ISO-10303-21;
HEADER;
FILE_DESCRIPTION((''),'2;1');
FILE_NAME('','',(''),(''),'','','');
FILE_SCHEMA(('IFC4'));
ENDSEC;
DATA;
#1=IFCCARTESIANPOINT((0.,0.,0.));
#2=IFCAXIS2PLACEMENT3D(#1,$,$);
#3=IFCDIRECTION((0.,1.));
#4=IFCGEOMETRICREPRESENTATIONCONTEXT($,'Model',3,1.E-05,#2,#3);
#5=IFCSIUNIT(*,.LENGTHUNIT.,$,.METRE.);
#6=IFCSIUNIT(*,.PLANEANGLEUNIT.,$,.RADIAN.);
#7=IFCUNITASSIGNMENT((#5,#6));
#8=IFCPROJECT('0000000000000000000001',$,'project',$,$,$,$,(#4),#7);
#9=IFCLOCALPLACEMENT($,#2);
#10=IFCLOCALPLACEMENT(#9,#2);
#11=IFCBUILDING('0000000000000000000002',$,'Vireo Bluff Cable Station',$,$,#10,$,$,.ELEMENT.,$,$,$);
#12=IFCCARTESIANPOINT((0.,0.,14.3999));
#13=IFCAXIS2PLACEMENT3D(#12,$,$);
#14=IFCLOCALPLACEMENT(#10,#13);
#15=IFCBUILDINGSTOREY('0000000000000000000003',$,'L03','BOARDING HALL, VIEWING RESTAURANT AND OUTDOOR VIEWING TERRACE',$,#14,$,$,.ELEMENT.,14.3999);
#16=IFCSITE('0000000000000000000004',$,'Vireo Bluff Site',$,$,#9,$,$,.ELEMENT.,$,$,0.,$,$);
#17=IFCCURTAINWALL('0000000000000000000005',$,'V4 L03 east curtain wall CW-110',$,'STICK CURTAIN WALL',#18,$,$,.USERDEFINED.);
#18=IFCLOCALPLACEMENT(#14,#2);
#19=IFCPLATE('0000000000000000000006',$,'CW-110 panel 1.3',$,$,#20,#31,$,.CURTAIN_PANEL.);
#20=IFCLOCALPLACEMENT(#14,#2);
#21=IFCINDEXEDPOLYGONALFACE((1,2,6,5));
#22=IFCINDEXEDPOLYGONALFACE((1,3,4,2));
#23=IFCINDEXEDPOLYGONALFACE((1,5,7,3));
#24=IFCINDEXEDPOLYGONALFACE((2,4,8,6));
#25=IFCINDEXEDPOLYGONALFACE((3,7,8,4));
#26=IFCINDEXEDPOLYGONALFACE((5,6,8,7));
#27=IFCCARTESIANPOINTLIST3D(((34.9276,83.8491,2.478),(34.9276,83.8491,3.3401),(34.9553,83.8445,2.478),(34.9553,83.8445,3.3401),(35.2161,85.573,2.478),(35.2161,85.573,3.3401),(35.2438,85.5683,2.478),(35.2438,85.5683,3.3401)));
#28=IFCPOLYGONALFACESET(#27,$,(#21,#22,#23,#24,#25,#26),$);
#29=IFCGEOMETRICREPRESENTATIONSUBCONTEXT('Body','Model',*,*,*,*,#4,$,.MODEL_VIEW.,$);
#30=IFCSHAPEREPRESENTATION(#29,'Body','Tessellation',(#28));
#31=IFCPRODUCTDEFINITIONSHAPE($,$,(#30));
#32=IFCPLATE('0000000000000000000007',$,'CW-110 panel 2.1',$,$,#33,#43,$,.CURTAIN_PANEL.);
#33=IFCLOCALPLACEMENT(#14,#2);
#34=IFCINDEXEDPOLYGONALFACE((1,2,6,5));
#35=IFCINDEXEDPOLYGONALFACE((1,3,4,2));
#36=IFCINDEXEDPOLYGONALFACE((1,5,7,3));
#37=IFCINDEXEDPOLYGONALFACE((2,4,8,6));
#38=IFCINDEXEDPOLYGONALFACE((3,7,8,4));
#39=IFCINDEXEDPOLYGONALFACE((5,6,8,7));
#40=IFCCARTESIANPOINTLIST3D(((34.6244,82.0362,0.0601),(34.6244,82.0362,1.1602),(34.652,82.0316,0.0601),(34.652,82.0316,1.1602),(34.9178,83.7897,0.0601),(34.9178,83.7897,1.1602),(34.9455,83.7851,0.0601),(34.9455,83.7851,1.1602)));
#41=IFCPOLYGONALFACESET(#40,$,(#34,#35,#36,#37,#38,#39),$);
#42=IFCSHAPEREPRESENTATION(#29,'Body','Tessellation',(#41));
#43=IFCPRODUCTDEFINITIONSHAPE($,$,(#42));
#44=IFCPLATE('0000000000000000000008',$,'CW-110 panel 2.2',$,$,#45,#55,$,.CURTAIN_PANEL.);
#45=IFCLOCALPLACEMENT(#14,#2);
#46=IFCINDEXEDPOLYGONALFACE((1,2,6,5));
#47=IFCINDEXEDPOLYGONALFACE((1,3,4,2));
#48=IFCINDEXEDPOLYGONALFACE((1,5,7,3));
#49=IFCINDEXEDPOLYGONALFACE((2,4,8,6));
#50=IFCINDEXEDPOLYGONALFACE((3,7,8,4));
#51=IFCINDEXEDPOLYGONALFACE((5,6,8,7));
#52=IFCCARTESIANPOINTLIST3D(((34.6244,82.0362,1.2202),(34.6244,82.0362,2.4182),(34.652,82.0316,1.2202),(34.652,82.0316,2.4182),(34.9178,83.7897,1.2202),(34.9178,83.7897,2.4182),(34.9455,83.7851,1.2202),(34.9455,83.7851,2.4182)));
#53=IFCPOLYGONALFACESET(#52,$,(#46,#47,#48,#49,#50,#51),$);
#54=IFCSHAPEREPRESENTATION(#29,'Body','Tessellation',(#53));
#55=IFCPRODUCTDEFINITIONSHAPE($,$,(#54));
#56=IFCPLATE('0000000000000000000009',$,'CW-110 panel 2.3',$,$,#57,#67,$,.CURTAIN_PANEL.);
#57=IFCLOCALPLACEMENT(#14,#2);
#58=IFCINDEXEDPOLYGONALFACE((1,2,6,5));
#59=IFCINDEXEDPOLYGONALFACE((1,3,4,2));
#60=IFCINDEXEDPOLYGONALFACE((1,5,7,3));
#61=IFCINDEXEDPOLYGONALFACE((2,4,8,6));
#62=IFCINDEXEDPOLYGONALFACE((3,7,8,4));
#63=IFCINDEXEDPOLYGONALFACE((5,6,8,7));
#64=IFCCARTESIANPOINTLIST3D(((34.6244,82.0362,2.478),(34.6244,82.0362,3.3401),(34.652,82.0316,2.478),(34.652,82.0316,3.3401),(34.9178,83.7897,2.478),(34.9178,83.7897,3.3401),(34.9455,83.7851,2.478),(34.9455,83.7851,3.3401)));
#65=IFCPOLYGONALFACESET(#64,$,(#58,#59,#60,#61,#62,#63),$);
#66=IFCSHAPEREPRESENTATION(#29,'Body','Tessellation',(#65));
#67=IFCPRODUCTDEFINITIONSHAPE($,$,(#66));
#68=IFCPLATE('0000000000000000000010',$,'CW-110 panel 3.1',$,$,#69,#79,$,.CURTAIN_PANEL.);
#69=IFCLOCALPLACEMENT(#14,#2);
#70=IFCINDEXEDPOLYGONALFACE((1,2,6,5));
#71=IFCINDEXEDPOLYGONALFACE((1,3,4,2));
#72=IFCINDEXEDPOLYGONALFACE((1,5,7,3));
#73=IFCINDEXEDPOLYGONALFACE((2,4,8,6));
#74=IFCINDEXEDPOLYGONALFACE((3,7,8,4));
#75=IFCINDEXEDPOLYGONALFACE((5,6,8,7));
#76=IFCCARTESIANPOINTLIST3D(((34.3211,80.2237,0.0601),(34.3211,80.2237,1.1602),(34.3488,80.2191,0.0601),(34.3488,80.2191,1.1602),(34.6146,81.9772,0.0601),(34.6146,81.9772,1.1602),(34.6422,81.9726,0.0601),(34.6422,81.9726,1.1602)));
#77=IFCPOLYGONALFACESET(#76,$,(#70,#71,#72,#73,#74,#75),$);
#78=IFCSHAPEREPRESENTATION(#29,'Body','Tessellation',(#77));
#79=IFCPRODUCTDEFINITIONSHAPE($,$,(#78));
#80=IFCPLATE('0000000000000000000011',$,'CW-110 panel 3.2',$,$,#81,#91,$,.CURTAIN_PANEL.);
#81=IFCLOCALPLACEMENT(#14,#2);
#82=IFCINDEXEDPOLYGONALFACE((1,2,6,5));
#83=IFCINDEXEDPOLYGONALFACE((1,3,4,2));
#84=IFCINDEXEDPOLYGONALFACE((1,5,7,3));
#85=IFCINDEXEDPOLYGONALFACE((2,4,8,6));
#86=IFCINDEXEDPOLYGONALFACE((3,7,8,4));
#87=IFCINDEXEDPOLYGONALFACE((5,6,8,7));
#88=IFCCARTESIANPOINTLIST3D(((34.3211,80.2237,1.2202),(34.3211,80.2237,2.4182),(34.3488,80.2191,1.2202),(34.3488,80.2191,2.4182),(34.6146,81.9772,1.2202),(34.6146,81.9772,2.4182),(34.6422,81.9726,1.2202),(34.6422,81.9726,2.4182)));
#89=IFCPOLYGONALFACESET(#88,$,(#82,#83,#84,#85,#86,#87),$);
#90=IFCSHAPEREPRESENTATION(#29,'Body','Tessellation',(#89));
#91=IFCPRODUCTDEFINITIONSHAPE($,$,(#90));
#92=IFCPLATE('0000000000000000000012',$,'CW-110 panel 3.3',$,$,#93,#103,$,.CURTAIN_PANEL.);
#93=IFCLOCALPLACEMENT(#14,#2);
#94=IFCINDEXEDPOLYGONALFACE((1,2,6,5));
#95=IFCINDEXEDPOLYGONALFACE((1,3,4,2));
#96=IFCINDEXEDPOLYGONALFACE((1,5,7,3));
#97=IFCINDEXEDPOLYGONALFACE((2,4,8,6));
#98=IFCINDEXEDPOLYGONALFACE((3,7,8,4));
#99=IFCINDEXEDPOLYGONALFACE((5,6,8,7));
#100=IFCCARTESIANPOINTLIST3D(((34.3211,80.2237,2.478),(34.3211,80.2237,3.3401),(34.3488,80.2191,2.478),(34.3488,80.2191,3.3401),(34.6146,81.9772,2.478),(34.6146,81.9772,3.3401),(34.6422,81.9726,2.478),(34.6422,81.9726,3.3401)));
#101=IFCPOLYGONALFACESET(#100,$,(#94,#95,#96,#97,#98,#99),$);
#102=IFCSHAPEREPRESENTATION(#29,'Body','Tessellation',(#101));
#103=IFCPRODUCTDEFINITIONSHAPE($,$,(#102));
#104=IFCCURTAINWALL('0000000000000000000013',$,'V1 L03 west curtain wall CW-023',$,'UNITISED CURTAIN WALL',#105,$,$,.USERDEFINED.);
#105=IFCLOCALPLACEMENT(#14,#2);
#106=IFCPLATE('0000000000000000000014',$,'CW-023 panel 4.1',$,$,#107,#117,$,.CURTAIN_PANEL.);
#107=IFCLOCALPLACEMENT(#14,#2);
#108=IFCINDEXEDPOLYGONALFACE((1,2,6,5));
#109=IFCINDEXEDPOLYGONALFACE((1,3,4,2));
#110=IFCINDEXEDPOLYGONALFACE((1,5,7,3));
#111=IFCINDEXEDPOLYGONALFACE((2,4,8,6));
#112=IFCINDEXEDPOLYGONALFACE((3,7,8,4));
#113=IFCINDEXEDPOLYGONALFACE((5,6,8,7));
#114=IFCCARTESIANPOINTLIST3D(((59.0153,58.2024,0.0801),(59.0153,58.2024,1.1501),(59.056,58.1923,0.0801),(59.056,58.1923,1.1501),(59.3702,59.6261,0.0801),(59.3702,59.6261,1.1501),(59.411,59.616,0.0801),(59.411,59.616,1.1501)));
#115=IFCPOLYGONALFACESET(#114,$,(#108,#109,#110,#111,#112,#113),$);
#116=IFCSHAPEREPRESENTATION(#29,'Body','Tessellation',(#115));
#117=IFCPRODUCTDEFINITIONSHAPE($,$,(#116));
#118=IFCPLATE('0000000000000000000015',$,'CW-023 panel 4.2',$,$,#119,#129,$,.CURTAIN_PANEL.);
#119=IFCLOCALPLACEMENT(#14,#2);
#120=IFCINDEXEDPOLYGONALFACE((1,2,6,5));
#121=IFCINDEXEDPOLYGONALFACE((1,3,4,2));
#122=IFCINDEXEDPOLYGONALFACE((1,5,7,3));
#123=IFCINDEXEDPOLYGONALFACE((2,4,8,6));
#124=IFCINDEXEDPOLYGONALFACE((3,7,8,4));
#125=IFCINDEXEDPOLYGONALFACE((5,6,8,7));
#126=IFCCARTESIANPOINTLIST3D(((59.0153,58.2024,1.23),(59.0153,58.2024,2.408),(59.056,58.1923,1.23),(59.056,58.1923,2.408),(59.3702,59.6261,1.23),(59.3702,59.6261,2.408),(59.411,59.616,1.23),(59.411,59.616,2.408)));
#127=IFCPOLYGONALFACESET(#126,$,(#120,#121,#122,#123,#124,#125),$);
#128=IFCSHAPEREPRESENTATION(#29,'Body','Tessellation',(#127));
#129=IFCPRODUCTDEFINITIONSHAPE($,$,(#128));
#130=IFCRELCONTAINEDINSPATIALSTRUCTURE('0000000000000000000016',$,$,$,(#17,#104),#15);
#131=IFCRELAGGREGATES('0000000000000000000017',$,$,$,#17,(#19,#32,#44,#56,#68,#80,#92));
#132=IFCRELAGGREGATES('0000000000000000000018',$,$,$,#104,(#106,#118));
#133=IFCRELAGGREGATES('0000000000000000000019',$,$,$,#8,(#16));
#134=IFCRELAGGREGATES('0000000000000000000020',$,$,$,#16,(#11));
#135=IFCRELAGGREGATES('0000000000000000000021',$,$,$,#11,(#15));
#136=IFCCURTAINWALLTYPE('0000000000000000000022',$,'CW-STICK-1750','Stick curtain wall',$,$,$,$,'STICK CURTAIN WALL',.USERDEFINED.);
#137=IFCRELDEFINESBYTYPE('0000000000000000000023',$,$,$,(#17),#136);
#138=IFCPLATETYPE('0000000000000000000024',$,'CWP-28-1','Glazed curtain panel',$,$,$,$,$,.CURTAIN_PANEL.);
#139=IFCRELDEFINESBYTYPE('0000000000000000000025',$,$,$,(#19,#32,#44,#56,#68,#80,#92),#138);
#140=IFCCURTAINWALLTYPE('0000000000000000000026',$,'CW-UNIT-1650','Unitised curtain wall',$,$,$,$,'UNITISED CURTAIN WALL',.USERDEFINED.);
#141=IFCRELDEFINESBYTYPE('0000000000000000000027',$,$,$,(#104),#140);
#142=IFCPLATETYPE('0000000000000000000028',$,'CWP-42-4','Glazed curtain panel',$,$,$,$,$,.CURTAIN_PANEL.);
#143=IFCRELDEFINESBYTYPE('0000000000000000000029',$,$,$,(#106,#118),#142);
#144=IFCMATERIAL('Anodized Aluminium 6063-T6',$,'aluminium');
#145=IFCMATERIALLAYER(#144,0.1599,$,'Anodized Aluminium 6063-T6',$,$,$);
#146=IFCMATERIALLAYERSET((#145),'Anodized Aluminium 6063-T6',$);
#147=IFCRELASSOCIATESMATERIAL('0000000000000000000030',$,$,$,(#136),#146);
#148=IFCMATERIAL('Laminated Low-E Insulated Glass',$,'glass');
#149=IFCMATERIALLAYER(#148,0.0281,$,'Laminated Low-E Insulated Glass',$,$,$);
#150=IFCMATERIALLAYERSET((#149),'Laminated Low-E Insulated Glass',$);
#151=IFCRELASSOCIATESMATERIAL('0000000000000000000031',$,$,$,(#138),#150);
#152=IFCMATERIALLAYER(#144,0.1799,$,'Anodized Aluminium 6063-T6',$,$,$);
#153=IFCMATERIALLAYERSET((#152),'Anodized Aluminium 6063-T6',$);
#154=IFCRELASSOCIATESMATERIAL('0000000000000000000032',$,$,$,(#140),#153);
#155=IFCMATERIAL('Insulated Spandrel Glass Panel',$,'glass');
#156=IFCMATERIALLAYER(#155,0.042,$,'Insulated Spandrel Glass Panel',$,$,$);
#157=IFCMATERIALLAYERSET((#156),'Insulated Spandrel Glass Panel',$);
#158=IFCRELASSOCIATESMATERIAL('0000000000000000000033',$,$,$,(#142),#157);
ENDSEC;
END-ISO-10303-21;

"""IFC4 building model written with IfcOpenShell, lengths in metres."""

from ifc_helpers import new_model, si_unit, direction, frame, origin, origin_2d, place, context, subcontext, project, spatial, rectangle, extrude, material, layer, layer_set, type_object, element, aggregate, save


model = new_model("IFC4")

# Units and contexts
model_context = context("Model", 3, precision=1e-05, world=origin(), true_north=direction((0.0, 1.0)))
body_context = subcontext(model_context, "Body", "Model", "MODEL_VIEW")
ifc_project = project(units=[si_unit("LENGTHUNIT", "METRE"), si_unit("PLANEANGLEUNIT", "RADIAN")], contexts=[model_context])

# Site, building, storey
site_placement = place(None, origin())
site = spatial("IfcSite", under=ifc_project, at=site_placement, Name="Vireo Bluff Site", CompositionType="ELEMENT", RefElevation=0.0)
building_placement = place(site_placement, origin())
building = spatial("IfcBuilding", under=site, at=building_placement, Name="Vireo Bluff Cable Station", CompositionType="ELEMENT")
storey_placement = place(building_placement, frame((0.0, 0.0, 14.3999)))
storey = spatial("IfcBuildingStorey", under=building, at=storey_placement, Name="L03", Description="BOARDING HALL, VIEWING RESTAURANT AND OUTDOOR VIEWING TERRACE", CompositionType="ELEMENT", Elevation=14.3999)

# Curtain wall, plates
ifc_material_1 = material(Name="Anodized Aluminium 6063-T6", Category="aluminium")
ifc_layer_1 = layer(ifc_material_1, 0.1599, Name="Anodized Aluminium 6063-T6")
ifc_layer_set_1 = layer_set([ifc_layer_1], Name="Anodized Aluminium 6063-T6")
curtain_wall_type_1 = type_object("IfcCurtainWallType", Name="CW-STICK-1750", Description="Stick curtain wall", ElementType="STICK CURTAIN WALL", PredefinedType="USERDEFINED", material=ifc_layer_set_1)
curtain_wall_1_placement = place(storey_placement, origin())
curtain_wall_1 = element("IfcCurtainWall", 1, at=curtain_wall_1_placement, inside=storey, type_object=curtain_wall_type_1, Name="V4 L03 east curtain wall CW-110", ObjectType="STICK CURTAIN WALL", PredefinedType="USERDEFINED")
ifc_material_2 = material(Name="Laminated Low-E Insulated Glass", Category="glass")
ifc_layer_2 = layer(ifc_material_2, 0.0281, Name="Laminated Low-E Insulated Glass")
ifc_layer_set_2 = layer_set([ifc_layer_2], Name="Laminated Low-E Insulated Glass")
plate_type_1 = type_object("IfcPlateType", Name="CWP-28-1", Description="Glazed curtain panel", PredefinedType="CURTAIN_PANEL", material=ifc_layer_set_2)
plate_1_placement = place(storey_placement, frame((35.0857, 84.7087, 2.478), z_axis=(0.0, 0.0, 1.0), x_axis=(-0.165048, -0.986286, 0.0)))
plate_1 = element("IfcPlate", 2, at=plate_1_placement, type_object=plate_type_1, Name="CW-110 panel 1.3", PredefinedType="CURTAIN_PANEL", context=body_context, shape_type="SweptSolid", body=[
    extrude(rectangle(XDim=1.7478, YDim=0.0281, at=origin_2d()), origin(), (0.0, 0.0, 1.0), 0.8621),
])
plate_2_placement = place(storey_placement, frame((34.7849, 82.9106, 0.0601), z_axis=(0.0, 0.0, 1.0), x_axis=(-0.165048, -0.986286, 0.0)))
plate_2 = element("IfcPlate", 3, at=plate_2_placement, type_object=plate_type_1, Name="CW-110 panel 2.1", PredefinedType="CURTAIN_PANEL", context=body_context, shape_type="SweptSolid", body=[
    extrude(rectangle(XDim=1.7778, YDim=0.0281, at=origin_2d()), origin(), (0.0, 0.0, 1.0), 1.1001),
])
plate_3_placement = place(storey_placement, frame((34.7849, 82.9106, 1.2202), z_axis=(0.0, 0.0, 1.0), x_axis=(-0.165048, -0.986286, 0.0)))
plate_3 = element("IfcPlate", 4, at=plate_3_placement, type_object=plate_type_1, Name="CW-110 panel 2.2", PredefinedType="CURTAIN_PANEL", context=body_context, shape_type="SweptSolid", body=[
    extrude(rectangle(XDim=1.7778, YDim=0.0281, at=origin_2d()), origin(), (0.0, 0.0, 1.0), 1.198),
])
plate_4_placement = place(storey_placement, frame((34.7849, 82.9106, 2.478), z_axis=(0.0, 0.0, 1.0), x_axis=(-0.165048, -0.986286, 0.0)))
plate_4 = element("IfcPlate", 5, at=plate_4_placement, type_object=plate_type_1, Name="CW-110 panel 2.3", PredefinedType="CURTAIN_PANEL", context=body_context, shape_type="SweptSolid", body=[
    extrude(rectangle(XDim=1.7778, YDim=0.0281, at=origin_2d()), origin(), (0.0, 0.0, 1.0), 0.8621),
])
plate_5_placement = place(storey_placement, frame((34.4817, 81.0981, 0.0601), z_axis=(0.0, 0.0, 1.0), x_axis=(-0.165048, -0.986286, 0.0)))
plate_5 = element("IfcPlate", 6, at=plate_5_placement, type_object=plate_type_1, Name="CW-110 panel 3.1", PredefinedType="CURTAIN_PANEL", context=body_context, shape_type="SweptSolid", body=[
    extrude(rectangle(XDim=1.7778, YDim=0.0281, at=origin_2d()), origin(), (0.0, 0.0, 1.0), 1.1001),
])
plate_6_placement = place(storey_placement, frame((34.4817, 81.0981, 1.2202), z_axis=(0.0, 0.0, 1.0), x_axis=(-0.165048, -0.986286, 0.0)))
plate_6 = element("IfcPlate", 7, at=plate_6_placement, type_object=plate_type_1, Name="CW-110 panel 3.2", PredefinedType="CURTAIN_PANEL", context=body_context, shape_type="SweptSolid", body=[
    extrude(rectangle(XDim=1.7778, YDim=0.0281, at=origin_2d()), origin(), (0.0, 0.0, 1.0), 1.198),
])
plate_7_placement = place(storey_placement, frame((34.4817, 81.0981, 2.478), z_axis=(0.0, 0.0, 1.0), x_axis=(-0.165048, -0.986286, 0.0)))
plate_7 = element("IfcPlate", 8, at=plate_7_placement, type_object=plate_type_1, Name="CW-110 panel 3.3", PredefinedType="CURTAIN_PANEL", context=body_context, shape_type="SweptSolid", body=[
    extrude(rectangle(XDim=1.7778, YDim=0.0281, at=origin_2d()), origin(), (0.0, 0.0, 1.0), 0.8621),
])
aggregate(curtain_wall_1, [plate_1, plate_2, plate_3, plate_4, plate_5, plate_6, plate_7])

# Curtain wall, plates
ifc_layer_3 = layer(ifc_material_1, 0.1799, Name="Anodized Aluminium 6063-T6")
ifc_layer_set_3 = layer_set([ifc_layer_3], Name="Anodized Aluminium 6063-T6")
curtain_wall_type_2 = type_object("IfcCurtainWallType", Name="CW-UNIT-1650", Description="Unitised curtain wall", ElementType="UNITISED CURTAIN WALL", PredefinedType="USERDEFINED", material=ifc_layer_set_3)
curtain_wall_2_placement = place(storey_placement, origin())
curtain_wall_2 = element("IfcCurtainWall", 9, at=curtain_wall_2_placement, inside=storey, type_object=curtain_wall_type_2, Name="V1 L03 west curtain wall CW-023", ObjectType="UNITISED CURTAIN WALL", PredefinedType="USERDEFINED")
ifc_material_3 = material(Name="Insulated Spandrel Glass Panel", Category="glass")
ifc_layer_4 = layer(ifc_material_3, 0.042, Name="Insulated Spandrel Glass Panel")
ifc_layer_set_4 = layer_set([ifc_layer_4], Name="Insulated Spandrel Glass Panel")
plate_type_2 = type_object("IfcPlateType", Name="CWP-42-4", Description="Glazed curtain panel", PredefinedType="CURTAIN_PANEL", material=ifc_layer_set_4)
plate_8_placement = place(storey_placement, frame((59.2131, 58.9092, 0.0801), z_axis=(0.0, 0.0, 1.0), x_axis=(0.241922, 0.970296, 0.0)))
plate_8 = element("IfcPlate", 10, at=plate_8_placement, type_object=plate_type_2, Name="CW-023 panel 4.1", PredefinedType="CURTAIN_PANEL", context=body_context, shape_type="SweptSolid", body=[
    extrude(rectangle(XDim=1.4673, YDim=0.042, at=origin_2d()), origin(), (0.0, 0.0, 1.0), 1.0701),
])
plate_9_placement = place(storey_placement, frame((59.2131, 58.9092, 1.23), z_axis=(0.0, 0.0, 1.0), x_axis=(0.241922, 0.970296, 0.0)))
plate_9 = element("IfcPlate", 11, at=plate_9_placement, type_object=plate_type_2, Name="CW-023 panel 4.2", PredefinedType="CURTAIN_PANEL", context=body_context, shape_type="SweptSolid", body=[
    extrude(rectangle(XDim=1.4673, YDim=0.042, at=origin_2d()), origin(), (0.0, 0.0, 1.0), 1.178),
])
aggregate(curtain_wall_2, [plate_8, plate_9])

save(model, "model.ifc")
